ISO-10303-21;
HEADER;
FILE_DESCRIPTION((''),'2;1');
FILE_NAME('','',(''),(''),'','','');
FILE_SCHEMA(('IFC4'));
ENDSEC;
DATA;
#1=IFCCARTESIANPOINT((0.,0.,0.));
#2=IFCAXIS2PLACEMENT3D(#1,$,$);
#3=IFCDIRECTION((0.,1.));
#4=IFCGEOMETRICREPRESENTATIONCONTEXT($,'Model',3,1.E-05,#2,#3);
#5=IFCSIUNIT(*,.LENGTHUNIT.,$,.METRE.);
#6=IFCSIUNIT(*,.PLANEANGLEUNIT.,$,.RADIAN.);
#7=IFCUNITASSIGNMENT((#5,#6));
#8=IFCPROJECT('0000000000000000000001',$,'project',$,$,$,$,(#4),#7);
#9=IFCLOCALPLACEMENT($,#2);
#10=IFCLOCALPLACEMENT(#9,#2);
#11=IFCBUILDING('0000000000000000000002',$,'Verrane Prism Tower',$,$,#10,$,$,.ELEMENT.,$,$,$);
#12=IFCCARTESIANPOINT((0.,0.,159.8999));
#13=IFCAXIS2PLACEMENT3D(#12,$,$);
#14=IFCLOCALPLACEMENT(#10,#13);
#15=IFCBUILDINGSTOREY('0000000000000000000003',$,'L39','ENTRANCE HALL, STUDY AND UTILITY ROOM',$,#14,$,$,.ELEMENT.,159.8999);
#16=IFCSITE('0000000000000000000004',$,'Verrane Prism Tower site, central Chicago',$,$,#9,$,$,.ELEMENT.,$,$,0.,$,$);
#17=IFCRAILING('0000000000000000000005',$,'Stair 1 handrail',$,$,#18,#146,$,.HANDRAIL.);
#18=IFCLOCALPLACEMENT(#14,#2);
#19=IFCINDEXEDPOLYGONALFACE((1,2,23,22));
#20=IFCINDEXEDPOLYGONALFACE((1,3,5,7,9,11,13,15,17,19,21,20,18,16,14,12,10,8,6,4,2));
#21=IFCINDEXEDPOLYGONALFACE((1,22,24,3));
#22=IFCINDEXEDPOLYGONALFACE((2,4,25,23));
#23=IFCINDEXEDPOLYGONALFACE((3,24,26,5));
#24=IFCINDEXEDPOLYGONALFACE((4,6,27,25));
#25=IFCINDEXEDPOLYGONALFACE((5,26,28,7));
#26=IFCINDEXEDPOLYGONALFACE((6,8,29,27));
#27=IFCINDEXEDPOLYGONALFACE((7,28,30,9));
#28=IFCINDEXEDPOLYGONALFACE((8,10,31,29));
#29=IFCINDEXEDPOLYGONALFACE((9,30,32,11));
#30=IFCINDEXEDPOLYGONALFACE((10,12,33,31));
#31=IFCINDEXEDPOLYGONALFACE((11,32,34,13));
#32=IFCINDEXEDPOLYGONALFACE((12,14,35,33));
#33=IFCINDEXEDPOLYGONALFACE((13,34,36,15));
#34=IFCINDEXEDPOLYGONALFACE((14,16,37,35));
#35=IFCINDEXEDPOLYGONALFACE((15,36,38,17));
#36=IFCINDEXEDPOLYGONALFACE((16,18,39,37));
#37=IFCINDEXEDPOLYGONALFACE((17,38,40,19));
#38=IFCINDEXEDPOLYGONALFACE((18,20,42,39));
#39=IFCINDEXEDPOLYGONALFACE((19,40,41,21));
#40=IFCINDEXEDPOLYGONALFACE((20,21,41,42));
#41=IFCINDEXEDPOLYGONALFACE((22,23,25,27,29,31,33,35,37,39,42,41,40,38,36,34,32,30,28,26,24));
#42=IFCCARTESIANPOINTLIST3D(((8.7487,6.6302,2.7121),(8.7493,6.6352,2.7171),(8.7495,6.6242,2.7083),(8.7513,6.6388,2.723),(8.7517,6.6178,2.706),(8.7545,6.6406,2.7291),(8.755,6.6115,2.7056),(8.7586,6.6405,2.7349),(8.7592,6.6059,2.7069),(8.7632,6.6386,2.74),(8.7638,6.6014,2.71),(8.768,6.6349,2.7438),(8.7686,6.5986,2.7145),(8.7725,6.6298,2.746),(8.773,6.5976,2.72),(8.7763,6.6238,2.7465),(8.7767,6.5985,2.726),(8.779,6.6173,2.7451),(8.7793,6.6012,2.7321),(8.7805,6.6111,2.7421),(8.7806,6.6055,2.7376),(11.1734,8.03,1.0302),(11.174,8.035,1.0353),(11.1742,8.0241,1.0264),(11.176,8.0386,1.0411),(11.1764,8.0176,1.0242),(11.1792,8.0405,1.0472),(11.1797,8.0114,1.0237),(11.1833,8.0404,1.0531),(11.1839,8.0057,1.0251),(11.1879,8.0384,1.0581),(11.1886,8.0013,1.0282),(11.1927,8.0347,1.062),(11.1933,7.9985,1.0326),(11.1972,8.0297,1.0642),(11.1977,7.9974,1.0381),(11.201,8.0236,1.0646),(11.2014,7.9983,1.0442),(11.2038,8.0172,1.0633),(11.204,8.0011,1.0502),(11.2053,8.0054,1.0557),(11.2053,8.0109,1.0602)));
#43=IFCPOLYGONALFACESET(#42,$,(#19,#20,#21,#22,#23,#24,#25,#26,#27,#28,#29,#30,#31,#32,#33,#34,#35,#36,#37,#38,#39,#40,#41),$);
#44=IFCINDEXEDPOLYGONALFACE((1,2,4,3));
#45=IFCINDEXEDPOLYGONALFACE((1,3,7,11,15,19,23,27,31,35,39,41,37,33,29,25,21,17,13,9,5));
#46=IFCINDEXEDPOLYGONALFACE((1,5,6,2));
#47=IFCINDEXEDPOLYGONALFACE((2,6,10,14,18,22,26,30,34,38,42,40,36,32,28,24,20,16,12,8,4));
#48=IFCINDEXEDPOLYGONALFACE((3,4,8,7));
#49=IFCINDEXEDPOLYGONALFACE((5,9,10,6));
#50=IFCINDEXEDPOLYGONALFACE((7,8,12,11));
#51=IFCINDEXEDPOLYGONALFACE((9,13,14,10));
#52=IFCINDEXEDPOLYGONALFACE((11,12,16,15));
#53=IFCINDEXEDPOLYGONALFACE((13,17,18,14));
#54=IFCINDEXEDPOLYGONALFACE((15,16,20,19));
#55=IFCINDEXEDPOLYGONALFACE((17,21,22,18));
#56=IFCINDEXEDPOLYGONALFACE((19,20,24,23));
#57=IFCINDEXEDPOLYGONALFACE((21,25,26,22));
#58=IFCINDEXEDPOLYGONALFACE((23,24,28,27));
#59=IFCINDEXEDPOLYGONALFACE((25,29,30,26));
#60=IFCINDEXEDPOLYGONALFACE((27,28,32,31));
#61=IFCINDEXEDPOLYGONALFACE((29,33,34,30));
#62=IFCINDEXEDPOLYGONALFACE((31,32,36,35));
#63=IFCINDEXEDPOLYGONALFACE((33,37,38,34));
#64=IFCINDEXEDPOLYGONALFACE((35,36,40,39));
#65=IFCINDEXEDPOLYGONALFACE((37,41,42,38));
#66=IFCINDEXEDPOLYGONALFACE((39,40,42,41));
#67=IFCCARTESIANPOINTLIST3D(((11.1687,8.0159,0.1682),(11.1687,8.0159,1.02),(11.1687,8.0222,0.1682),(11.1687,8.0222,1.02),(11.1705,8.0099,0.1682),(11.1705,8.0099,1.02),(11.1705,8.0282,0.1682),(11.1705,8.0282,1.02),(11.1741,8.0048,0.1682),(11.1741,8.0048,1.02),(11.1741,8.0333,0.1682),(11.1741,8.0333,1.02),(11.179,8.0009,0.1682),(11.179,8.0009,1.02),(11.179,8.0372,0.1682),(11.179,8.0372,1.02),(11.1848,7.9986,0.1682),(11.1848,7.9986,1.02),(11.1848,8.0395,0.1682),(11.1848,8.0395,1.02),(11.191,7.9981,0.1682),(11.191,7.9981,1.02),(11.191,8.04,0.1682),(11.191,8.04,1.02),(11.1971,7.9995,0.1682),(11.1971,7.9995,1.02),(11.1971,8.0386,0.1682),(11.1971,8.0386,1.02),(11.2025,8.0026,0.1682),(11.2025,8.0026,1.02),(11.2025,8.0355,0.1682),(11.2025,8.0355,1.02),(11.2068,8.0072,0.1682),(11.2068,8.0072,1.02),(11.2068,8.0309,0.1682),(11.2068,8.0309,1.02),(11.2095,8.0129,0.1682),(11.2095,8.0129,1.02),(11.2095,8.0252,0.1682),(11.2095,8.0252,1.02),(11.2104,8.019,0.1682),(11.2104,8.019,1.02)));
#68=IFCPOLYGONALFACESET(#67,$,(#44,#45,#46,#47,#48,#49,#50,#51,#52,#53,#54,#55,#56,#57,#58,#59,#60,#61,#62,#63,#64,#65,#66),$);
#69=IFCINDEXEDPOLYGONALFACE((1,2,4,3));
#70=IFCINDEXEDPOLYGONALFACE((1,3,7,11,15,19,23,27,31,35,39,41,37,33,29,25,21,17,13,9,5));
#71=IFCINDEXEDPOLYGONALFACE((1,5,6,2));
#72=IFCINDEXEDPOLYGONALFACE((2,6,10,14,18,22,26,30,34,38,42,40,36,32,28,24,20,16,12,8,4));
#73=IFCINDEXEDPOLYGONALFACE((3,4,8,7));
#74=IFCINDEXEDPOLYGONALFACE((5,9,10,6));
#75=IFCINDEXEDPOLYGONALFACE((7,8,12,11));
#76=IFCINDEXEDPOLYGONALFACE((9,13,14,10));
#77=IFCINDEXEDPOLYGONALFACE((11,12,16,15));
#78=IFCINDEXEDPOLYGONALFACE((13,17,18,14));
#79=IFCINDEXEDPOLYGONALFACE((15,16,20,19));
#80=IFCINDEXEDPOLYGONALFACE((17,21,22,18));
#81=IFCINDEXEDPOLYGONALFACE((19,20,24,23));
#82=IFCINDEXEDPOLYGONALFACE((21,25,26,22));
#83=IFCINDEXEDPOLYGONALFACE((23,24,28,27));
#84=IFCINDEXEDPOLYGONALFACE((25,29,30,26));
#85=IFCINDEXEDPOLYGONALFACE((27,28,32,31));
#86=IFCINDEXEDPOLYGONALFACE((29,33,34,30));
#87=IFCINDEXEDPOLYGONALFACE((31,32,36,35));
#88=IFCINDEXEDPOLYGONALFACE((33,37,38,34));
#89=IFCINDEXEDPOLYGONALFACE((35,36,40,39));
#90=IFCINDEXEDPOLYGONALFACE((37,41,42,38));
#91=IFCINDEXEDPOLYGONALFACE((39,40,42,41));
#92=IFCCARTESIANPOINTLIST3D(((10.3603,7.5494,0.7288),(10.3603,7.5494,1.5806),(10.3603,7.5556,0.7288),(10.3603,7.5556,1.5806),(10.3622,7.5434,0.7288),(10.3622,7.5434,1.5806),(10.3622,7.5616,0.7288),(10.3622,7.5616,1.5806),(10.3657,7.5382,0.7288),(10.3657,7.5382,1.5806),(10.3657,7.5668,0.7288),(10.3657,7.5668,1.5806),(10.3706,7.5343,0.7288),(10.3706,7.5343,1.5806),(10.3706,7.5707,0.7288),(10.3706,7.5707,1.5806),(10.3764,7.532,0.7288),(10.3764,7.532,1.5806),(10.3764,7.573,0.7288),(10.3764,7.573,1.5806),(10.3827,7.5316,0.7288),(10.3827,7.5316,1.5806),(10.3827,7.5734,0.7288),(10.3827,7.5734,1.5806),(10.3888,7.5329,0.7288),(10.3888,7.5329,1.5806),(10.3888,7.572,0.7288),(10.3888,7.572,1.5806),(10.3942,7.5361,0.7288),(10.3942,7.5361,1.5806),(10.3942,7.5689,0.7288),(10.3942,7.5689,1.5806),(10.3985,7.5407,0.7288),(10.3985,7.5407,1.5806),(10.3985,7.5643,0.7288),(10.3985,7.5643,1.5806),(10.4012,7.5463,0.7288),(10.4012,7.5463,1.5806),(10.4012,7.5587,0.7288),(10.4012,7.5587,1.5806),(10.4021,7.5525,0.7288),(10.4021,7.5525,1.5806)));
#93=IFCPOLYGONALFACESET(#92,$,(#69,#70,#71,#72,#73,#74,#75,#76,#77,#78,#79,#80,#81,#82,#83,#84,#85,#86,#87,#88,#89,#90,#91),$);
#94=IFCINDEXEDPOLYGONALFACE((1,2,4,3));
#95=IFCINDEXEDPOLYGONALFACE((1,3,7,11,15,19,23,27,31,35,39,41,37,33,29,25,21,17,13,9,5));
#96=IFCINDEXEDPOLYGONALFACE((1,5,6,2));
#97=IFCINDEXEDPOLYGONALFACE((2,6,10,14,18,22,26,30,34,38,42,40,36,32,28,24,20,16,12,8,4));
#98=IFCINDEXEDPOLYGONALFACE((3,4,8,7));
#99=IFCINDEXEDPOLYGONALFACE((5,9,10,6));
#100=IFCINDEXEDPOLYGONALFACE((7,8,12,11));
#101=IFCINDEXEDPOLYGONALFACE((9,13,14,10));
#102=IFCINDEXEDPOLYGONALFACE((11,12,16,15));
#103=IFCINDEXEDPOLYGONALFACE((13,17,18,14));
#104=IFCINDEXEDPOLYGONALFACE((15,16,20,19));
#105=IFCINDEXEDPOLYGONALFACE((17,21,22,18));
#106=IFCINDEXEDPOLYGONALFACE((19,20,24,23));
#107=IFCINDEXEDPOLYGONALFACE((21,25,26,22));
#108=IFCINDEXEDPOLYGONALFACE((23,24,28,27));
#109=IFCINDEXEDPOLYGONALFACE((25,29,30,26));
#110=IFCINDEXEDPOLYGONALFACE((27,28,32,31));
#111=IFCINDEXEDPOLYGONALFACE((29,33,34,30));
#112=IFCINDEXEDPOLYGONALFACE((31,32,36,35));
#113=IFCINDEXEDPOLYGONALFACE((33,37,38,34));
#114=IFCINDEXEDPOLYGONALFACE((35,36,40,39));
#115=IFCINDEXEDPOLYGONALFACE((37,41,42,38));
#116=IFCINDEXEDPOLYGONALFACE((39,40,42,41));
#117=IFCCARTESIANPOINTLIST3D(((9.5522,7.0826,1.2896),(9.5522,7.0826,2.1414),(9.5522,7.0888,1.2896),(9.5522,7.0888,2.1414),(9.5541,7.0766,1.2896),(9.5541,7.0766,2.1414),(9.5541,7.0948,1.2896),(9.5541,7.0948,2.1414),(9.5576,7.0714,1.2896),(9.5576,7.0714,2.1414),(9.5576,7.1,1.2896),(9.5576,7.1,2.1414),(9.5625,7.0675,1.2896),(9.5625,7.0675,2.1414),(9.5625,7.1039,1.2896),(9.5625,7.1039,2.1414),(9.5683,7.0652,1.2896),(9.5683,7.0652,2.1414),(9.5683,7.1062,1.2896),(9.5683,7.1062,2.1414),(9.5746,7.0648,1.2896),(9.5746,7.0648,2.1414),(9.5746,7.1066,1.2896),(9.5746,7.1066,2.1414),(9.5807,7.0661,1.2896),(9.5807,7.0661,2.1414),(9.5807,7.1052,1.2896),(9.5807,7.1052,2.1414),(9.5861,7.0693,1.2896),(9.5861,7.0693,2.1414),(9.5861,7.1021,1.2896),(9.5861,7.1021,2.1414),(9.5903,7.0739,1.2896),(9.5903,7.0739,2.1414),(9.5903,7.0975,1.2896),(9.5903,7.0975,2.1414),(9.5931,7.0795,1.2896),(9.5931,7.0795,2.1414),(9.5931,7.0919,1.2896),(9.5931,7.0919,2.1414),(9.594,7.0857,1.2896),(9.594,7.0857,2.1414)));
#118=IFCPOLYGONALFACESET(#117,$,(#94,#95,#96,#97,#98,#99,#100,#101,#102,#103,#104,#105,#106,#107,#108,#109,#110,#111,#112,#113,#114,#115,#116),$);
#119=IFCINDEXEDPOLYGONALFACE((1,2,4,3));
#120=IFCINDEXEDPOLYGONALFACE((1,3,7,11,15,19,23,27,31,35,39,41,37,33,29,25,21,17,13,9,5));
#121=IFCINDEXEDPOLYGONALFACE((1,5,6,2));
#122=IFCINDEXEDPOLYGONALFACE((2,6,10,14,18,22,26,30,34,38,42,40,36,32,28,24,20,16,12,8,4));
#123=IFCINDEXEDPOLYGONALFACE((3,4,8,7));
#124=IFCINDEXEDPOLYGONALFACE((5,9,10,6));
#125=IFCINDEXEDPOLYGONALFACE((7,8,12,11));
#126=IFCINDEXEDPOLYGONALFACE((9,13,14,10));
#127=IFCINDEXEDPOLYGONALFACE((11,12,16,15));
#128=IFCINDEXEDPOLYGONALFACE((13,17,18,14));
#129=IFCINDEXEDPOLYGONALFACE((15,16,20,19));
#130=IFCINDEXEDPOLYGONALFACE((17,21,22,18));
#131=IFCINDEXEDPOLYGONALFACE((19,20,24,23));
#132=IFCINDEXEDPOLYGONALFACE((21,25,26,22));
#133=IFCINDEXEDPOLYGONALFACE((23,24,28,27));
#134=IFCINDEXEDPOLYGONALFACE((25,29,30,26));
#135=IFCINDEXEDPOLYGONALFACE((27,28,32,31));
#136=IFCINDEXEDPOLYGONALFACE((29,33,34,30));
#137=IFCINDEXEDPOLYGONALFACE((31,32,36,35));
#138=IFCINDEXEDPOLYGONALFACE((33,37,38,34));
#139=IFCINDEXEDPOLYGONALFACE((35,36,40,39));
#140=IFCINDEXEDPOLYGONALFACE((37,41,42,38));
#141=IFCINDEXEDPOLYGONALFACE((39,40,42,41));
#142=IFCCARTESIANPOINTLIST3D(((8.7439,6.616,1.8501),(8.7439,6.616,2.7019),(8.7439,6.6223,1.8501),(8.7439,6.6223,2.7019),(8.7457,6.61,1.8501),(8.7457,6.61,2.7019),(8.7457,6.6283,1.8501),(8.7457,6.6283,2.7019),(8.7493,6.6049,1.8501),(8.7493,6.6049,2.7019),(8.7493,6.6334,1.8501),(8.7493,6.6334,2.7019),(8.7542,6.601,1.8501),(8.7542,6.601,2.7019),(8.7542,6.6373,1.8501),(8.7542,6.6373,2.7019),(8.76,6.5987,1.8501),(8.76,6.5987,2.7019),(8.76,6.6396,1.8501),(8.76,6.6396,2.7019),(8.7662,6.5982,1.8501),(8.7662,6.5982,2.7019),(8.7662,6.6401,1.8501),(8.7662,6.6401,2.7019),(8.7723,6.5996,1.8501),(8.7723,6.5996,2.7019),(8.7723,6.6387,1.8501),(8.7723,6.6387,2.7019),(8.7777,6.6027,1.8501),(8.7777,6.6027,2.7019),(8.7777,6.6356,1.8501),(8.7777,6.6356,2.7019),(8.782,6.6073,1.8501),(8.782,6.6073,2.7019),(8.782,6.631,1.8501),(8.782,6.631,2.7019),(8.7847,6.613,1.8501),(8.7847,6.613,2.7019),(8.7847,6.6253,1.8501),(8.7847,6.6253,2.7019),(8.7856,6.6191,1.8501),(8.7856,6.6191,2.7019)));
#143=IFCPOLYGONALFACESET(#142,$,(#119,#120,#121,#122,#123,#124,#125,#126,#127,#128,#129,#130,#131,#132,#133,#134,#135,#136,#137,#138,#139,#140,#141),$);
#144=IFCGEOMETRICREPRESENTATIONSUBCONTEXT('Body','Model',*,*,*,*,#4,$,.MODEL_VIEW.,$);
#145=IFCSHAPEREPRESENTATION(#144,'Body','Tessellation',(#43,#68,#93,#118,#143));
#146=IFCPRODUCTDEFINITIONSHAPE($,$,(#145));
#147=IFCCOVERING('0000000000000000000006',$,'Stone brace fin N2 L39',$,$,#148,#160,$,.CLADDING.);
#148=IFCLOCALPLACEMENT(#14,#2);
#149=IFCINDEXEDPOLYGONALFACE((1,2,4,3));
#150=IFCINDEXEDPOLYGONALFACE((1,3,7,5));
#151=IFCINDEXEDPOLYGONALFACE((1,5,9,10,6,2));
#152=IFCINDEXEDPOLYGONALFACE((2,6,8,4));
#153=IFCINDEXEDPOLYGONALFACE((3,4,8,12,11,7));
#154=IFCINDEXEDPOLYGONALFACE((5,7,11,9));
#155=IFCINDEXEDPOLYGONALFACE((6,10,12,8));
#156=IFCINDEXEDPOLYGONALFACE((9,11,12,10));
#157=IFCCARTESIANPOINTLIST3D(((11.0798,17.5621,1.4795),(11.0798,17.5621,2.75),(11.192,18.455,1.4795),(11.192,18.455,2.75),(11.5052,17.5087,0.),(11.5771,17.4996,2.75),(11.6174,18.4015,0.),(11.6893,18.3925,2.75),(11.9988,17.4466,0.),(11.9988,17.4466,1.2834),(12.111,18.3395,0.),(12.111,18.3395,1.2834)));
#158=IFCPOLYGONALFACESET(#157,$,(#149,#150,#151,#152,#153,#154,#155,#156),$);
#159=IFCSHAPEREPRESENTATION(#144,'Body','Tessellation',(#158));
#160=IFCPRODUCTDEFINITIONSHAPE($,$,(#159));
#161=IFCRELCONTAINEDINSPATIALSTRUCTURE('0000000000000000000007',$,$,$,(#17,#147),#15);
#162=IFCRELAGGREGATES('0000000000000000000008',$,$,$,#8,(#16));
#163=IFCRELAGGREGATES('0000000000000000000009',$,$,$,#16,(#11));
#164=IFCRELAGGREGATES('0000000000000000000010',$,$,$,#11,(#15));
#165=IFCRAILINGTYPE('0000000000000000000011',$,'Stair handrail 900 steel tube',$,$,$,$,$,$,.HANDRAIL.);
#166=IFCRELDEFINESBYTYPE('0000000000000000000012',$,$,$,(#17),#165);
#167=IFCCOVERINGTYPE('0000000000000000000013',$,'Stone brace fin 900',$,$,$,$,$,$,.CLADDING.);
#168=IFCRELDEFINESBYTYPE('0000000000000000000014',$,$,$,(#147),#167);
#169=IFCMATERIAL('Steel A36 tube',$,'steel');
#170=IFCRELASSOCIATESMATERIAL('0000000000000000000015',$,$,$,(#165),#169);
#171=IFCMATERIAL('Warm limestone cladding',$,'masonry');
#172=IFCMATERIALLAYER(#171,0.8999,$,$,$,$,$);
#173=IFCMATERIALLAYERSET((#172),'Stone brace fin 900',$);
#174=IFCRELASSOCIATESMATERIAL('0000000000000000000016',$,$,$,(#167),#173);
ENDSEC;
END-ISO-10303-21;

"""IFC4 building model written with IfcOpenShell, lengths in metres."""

from ifc_helpers import new_model, si_unit, direction, frame, origin, origin_2d, place, context, subcontext, project, spatial, polyline, circle, outline, extrude, material, layer, layer_set, type_object, element, save


model = new_model("IFC4")

# Units and contexts
model_context = context("Model", 3, precision=1e-05, world=origin(), true_north=direction((0.0, 1.0)))
body_context = subcontext(model_context, "Body", "Model", "MODEL_VIEW")
ifc_project = project(units=[si_unit("LENGTHUNIT", "METRE"), si_unit("PLANEANGLEUNIT", "RADIAN")], contexts=[model_context])

# Site, building, storey
site_placement = place(None, origin())
site = spatial("IfcSite", under=ifc_project, at=site_placement, Name="Verrane Prism Tower site, central Chicago", CompositionType="ELEMENT", RefElevation=0.0)
building_placement = place(site_placement, origin())
building = spatial("IfcBuilding", under=site, at=building_placement, Name="Verrane Prism Tower", CompositionType="ELEMENT")
storey_placement = place(building_placement, frame((0.0, 0.0, 159.8999)))
storey = spatial("IfcBuildingStorey", under=building, at=storey_placement, Name="L39", Description="ENTRANCE HALL, STUDY AND UTILITY ROOM", CompositionType="ELEMENT", Elevation=159.8999)

# Railing
ifc_material_1 = material(Name="Steel A36 tube", Category="steel")
railing_type = type_object("IfcRailingType", Name="Stair handrail 900 steel tube", PredefinedType="HANDRAIL", material=ifc_material_1)
railing_placement = place(storey_placement, frame((11.1895, 8.019, 0.1682)))
element("IfcRailing", 1, at=railing_placement, inside=storey, type_object=railing_type, Name="Stair 1 handrail", PredefinedType="HANDRAIL", context=body_context, shape_type="SweptSolid", body=[
    extrude(circle(Radius=0.0239, at=origin_2d()), frame((0.0, 0.0, 0.876), z_axis=(-0.74239, -0.428601, 0.514934), x_axis=(0.499984, -0.866035, 0.0)), (0.0, 0.0, 1.0), 3.2661),
    extrude(circle(Radius=0.021, at=origin_2d()), origin(), (0.0, 0.0, 1.0), 0.8518),
    extrude(circle(Radius=0.021, at=origin_2d()), frame((-0.8083, -0.4666, 0.5605)), (0.0, 0.0, 1.0), 0.8518),
    extrude(circle(Radius=0.021, at=origin_2d()), frame((-1.6165, -0.9333, 1.1213)), (0.0, 0.0, 1.0), 0.8518),
    extrude(circle(Radius=0.021, at=origin_2d()), frame((-2.4248, -1.3999, 1.6819)), (0.0, 0.0, 1.0), 0.8518),
])

# Covering
ifc_material_2 = material(Name="Warm limestone cladding", Category="masonry")
ifc_layer_1 = layer(ifc_material_2, 0.8999)
ifc_layer_set_1 = layer_set([ifc_layer_1], Name="Stone brace fin 900")
covering_type = type_object("IfcCoveringType", Name="Stone brace fin 900", PredefinedType="CLADDING", material=ifc_layer_set_1)
covering_placement = place(storey_placement, frame((12.0549, 17.8931, 0.0), z_axis=(0.0, 0.0, 1.0), x_axis=(-0.992197, 0.124684, 0.0)))
element("IfcCovering", 2, at=covering_placement, inside=storey, type_object=covering_type, Name="Stone brace fin N2 L39", PredefinedType="CLADDING", context=body_context, shape_type="SweptSolid", body=[
    extrude(outline(polyline([(0.9263, 2.75), (0.425, 2.75), (0.0, 1.2834), (0.0, 0.0), (0.4976, 0.0), (0.9263, 1.4795), (0.9263, 2.75)])), frame((0.0, 0.45, 0.0), z_axis=(0.0, -1.0, 0.0), x_axis=(1.0, 0.0, 0.0)), (0.0, 0.0, 1.0), 0.8999),
])

save(model, "model.ifc")
